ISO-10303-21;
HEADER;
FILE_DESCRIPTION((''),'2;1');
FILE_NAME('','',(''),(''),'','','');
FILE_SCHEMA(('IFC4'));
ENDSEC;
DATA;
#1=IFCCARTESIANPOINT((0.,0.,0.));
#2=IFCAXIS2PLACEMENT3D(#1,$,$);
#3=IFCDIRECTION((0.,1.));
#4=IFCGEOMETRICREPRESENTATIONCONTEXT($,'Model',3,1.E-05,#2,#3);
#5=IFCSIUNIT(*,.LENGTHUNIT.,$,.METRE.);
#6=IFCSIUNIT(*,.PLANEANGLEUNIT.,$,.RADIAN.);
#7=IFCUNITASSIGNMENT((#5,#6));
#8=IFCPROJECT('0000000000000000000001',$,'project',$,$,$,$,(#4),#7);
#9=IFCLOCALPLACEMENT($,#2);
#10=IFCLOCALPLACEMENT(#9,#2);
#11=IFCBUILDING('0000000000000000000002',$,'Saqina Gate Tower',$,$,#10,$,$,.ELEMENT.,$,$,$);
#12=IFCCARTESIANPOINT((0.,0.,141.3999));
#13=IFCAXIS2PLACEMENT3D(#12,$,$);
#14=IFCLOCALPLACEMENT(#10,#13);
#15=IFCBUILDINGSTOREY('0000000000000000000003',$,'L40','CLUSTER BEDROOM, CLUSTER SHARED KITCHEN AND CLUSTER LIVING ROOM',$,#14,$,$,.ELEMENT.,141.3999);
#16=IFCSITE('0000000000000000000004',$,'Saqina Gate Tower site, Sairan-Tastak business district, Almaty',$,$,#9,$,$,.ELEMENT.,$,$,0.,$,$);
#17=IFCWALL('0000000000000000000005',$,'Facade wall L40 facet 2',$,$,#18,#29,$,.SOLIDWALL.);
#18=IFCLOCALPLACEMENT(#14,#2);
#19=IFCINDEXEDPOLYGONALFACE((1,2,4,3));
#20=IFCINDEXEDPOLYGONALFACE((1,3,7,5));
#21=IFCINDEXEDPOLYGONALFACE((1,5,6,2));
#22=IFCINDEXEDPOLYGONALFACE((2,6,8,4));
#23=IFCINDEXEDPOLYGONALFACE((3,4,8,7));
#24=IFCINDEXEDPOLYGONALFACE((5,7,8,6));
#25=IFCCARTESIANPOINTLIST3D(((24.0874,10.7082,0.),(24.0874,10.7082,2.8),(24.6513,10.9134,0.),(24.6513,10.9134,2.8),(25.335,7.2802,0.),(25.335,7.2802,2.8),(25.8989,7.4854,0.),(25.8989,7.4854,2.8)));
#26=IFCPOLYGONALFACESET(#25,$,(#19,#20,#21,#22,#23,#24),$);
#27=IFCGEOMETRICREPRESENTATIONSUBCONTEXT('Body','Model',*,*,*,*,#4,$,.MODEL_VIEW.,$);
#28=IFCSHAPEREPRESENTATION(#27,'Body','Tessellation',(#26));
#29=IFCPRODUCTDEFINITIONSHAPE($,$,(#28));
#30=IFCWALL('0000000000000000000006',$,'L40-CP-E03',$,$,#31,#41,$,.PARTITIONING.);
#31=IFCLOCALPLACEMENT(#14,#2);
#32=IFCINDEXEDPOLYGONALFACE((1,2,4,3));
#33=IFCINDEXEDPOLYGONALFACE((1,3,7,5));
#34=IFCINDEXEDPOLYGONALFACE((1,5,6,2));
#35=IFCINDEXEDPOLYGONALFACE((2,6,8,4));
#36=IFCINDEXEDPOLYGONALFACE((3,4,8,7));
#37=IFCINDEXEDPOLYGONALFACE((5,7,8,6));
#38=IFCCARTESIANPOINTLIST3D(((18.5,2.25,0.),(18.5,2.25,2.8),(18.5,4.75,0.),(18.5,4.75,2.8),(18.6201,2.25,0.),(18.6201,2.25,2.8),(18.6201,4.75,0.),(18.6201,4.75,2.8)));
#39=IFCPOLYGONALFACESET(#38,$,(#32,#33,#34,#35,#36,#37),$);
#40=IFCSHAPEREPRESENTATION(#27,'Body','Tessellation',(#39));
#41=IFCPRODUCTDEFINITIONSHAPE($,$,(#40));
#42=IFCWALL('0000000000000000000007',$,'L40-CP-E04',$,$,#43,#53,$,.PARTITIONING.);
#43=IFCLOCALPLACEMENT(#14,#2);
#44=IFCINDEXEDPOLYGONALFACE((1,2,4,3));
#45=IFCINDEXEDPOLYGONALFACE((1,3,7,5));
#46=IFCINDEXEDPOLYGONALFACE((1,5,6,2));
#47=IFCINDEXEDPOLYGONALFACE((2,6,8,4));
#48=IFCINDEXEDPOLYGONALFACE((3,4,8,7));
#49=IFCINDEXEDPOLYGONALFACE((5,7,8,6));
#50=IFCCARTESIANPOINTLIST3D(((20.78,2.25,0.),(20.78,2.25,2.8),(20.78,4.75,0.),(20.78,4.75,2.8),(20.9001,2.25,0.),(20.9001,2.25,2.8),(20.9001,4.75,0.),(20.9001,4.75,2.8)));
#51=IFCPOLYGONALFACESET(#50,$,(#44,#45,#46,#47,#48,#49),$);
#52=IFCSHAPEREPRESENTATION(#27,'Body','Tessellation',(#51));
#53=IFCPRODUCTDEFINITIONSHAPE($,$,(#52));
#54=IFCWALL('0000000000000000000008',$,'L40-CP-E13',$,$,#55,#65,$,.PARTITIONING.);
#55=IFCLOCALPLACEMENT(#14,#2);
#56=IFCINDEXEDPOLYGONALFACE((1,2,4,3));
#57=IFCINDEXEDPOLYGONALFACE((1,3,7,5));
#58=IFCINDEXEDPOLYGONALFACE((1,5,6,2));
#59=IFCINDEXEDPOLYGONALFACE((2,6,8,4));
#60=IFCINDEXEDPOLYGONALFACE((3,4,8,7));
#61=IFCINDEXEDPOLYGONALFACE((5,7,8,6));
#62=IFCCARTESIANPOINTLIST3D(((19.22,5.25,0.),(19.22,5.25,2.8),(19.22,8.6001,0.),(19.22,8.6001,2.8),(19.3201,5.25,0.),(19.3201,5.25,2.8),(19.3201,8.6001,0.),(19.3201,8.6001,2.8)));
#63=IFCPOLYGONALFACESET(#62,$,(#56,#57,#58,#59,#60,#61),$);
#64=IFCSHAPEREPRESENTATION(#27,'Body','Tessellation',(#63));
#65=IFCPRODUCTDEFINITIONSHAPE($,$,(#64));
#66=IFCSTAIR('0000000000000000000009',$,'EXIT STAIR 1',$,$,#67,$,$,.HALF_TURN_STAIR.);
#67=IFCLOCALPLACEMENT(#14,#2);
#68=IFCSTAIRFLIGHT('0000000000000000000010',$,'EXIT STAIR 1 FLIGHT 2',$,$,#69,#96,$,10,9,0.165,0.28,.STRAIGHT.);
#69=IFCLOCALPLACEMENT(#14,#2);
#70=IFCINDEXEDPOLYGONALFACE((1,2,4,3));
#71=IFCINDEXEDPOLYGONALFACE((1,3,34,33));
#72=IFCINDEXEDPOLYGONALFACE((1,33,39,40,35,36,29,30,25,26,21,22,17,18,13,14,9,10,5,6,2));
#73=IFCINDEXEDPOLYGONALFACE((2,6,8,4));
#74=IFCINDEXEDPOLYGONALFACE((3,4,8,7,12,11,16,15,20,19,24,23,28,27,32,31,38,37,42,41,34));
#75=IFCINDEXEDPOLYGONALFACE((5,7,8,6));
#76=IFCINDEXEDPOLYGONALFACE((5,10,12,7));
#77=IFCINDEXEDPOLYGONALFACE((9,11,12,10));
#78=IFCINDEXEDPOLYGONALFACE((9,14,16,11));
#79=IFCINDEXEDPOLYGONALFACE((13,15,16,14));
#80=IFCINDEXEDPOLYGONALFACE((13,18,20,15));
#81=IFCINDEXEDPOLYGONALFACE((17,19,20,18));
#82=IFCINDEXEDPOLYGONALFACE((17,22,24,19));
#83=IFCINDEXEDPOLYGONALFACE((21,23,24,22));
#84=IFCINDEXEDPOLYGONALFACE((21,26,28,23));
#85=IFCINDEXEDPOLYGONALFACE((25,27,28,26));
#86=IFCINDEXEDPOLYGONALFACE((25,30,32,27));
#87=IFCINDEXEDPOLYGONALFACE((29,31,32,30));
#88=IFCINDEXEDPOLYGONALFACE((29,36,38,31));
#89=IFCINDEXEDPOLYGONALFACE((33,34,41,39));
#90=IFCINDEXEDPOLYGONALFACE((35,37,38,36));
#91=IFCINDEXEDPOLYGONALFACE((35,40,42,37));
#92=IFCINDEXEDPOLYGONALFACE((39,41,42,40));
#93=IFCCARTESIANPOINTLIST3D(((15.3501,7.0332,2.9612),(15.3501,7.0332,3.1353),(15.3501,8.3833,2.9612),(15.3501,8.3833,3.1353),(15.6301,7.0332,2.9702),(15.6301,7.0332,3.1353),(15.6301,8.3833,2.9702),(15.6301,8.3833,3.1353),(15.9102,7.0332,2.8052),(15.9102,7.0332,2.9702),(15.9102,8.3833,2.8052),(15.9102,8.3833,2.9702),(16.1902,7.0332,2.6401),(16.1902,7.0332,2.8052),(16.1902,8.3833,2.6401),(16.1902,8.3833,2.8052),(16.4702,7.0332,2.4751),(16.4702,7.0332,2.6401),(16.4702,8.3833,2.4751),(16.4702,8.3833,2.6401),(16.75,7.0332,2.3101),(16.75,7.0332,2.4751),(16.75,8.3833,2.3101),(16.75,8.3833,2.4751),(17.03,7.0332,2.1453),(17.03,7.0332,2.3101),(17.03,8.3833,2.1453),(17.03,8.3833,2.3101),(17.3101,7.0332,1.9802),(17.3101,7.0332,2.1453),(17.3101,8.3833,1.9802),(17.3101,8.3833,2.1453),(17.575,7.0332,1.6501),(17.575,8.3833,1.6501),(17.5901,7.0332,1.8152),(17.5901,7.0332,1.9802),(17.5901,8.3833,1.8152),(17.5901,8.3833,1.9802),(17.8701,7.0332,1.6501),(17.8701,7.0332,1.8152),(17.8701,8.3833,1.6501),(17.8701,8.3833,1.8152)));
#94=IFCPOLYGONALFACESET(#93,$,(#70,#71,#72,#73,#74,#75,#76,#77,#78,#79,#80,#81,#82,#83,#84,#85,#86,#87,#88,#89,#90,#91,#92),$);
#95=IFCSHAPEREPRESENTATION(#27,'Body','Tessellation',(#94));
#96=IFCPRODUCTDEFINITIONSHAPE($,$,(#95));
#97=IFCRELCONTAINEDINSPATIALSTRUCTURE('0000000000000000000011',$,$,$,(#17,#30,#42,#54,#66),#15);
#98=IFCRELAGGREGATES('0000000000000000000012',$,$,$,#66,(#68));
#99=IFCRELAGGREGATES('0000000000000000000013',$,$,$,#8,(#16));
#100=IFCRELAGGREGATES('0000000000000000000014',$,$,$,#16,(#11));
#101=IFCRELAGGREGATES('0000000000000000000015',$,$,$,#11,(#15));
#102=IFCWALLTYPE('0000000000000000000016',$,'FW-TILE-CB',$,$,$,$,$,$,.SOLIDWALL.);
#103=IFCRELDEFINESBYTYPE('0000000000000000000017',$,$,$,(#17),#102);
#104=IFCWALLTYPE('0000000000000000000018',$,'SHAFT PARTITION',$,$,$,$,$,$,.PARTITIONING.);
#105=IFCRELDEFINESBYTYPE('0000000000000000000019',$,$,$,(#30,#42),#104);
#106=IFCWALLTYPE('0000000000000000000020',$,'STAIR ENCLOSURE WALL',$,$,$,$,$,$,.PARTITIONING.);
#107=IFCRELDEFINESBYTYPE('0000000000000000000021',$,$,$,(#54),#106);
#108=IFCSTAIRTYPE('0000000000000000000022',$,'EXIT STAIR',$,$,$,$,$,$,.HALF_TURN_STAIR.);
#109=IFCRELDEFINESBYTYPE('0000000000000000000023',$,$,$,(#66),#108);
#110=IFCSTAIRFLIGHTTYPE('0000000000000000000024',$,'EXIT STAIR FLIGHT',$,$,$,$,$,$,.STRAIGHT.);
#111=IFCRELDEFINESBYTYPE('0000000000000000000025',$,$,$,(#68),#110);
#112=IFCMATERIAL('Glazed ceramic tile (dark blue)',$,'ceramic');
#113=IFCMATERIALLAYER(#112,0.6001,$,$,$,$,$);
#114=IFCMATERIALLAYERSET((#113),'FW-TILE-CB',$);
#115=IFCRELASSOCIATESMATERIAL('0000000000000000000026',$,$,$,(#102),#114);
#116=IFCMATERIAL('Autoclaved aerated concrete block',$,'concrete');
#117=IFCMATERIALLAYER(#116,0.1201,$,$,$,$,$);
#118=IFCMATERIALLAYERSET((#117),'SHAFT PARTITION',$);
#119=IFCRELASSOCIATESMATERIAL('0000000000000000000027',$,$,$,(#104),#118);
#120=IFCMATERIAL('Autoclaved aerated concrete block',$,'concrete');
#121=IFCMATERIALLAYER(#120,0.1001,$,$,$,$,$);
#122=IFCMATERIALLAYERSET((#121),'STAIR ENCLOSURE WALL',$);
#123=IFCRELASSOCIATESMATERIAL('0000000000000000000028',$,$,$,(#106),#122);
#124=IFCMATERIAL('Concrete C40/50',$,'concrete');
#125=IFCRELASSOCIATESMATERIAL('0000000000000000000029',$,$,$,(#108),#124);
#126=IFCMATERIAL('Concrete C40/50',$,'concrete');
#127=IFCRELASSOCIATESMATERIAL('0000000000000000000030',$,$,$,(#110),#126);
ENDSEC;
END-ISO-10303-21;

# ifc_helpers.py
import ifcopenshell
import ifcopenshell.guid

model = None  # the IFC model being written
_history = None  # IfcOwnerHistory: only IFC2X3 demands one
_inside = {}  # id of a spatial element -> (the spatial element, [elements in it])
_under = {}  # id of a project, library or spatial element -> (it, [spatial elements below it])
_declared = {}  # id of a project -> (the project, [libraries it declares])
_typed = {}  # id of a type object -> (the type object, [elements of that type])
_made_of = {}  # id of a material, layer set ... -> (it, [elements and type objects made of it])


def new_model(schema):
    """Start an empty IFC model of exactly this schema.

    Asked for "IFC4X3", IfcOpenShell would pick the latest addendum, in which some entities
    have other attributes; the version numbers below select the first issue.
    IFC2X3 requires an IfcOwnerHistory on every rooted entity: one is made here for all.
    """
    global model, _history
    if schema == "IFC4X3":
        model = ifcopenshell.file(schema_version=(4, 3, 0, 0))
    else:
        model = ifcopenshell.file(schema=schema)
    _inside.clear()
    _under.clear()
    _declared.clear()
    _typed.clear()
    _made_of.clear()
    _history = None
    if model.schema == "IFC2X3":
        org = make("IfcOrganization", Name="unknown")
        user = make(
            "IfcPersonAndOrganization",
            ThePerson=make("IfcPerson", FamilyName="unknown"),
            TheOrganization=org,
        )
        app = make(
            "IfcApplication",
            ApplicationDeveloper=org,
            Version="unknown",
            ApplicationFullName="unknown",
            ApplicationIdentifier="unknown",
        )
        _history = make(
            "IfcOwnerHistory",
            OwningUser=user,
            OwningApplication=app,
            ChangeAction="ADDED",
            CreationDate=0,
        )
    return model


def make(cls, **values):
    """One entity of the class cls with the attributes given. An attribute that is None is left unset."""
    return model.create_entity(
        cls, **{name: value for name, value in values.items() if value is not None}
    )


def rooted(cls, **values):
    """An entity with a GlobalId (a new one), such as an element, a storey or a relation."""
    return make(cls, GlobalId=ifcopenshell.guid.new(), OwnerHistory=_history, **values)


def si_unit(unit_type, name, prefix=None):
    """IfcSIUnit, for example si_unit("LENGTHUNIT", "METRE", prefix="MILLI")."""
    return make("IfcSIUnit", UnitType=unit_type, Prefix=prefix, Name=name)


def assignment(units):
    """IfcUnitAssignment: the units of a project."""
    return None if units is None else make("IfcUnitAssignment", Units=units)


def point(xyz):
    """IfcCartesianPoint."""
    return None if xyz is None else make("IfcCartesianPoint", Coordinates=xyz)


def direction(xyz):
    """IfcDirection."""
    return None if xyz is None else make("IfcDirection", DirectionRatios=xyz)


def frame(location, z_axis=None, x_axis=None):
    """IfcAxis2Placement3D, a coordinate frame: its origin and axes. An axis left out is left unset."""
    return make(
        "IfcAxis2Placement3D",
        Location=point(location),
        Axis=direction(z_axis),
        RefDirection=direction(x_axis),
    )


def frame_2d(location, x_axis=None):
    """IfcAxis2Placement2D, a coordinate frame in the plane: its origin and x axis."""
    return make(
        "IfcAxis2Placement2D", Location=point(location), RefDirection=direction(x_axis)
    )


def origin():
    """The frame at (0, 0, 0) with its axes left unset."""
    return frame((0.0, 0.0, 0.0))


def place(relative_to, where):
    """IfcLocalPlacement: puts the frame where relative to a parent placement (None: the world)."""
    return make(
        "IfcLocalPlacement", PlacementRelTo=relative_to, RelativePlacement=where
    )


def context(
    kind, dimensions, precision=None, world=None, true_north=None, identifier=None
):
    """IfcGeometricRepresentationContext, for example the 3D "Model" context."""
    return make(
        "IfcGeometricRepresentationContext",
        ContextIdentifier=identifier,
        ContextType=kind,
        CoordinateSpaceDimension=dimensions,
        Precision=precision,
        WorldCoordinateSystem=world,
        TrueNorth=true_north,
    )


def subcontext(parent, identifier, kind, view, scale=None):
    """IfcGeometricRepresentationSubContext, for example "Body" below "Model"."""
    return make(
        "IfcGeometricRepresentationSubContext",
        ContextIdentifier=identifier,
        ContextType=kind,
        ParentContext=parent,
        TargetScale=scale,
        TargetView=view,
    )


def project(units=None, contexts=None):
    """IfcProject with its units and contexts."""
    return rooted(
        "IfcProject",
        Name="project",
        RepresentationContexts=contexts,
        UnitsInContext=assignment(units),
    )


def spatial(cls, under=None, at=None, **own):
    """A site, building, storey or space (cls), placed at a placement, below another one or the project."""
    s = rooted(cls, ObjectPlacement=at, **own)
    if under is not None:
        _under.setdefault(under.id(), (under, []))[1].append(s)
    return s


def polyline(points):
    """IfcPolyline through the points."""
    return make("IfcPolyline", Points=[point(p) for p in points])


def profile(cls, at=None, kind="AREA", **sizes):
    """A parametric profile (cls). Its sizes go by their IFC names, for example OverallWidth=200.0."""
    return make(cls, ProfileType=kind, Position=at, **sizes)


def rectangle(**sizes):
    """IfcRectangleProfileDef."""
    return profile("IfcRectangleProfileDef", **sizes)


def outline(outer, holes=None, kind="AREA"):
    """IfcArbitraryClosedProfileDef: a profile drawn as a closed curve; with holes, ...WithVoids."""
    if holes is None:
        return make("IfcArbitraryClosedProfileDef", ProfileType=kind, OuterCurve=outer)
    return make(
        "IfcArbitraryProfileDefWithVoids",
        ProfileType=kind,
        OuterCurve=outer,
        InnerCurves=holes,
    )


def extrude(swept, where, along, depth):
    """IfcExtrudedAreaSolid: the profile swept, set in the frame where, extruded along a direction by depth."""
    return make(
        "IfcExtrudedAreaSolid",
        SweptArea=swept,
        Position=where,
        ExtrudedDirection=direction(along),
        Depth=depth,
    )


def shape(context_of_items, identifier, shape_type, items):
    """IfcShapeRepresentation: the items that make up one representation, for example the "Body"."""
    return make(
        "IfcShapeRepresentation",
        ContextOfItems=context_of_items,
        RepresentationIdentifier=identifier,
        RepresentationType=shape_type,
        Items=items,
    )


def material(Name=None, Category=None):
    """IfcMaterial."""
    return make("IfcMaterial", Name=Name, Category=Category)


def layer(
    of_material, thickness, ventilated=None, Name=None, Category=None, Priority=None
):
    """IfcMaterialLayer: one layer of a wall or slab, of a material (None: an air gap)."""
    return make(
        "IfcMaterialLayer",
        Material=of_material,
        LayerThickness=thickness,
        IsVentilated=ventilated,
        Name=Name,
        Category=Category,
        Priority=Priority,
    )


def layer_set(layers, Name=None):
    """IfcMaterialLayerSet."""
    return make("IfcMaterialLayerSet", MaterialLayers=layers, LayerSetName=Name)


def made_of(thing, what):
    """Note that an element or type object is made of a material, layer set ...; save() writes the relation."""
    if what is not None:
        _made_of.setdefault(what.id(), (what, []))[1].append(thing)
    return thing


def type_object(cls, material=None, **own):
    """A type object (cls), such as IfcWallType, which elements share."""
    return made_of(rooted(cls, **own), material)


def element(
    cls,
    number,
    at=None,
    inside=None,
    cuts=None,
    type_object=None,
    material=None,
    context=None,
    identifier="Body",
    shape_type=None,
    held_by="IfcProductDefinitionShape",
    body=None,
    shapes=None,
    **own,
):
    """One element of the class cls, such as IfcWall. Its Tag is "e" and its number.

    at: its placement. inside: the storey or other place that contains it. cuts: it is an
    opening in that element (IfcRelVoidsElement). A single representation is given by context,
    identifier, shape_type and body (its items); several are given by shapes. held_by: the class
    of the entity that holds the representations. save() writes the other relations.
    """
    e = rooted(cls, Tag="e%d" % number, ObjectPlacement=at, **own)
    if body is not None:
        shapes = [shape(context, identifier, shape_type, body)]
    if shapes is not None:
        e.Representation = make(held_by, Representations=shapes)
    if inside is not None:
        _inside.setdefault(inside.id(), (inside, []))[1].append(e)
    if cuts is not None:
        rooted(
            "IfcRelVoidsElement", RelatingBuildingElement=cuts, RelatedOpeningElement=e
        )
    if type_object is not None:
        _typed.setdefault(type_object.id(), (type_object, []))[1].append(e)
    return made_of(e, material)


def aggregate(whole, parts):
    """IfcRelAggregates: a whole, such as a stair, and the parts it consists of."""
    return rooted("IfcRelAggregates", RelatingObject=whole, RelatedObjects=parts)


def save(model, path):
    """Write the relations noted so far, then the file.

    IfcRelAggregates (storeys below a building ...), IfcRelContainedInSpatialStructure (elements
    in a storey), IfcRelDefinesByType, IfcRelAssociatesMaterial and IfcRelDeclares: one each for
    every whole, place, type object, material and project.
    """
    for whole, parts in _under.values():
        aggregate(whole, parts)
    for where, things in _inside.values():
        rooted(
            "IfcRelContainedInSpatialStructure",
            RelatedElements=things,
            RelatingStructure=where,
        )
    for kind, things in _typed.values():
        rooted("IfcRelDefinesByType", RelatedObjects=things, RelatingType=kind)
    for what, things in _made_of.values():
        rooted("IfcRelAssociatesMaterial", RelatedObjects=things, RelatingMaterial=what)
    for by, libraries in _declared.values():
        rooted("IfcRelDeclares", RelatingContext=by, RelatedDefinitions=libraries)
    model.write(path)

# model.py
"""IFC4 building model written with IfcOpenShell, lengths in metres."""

from ifc_helpers import new_model, si_unit, direction, frame, frame_2d, origin, place, context, subcontext, project, spatial, polyline, rectangle, outline, extrude, material, layer, layer_set, type_object, element, aggregate, save


model = new_model("IFC4")

# Units and contexts
model_context = context("Model", 3, precision=1e-05, world=origin(), true_north=direction((0.0, 1.0)))
body_context = subcontext(model_context, "Body", "Model", "MODEL_VIEW")
ifc_project = project(units=[si_unit("LENGTHUNIT", "METRE"), si_unit("PLANEANGLEUNIT", "RADIAN")], contexts=[model_context])

# Site, building, storey
site_placement = place(None, origin())
site = spatial("IfcSite", under=ifc_project, at=site_placement, Name="Saqina Gate Tower site, Sairan-Tastak business district, Almaty", CompositionType="ELEMENT", RefElevation=0.0)
building_placement = place(site_placement, origin())
building = spatial("IfcBuilding", under=site, at=building_placement, Name="Saqina Gate Tower", CompositionType="ELEMENT")
storey_placement = place(building_placement, frame((0.0, 0.0, 141.3999)))
storey = spatial("IfcBuildingStorey", under=building, at=storey_placement, Name="L40", Description="CLUSTER BEDROOM, CLUSTER SHARED KITCHEN AND CLUSTER LIVING ROOM", CompositionType="ELEMENT", Elevation=141.3999)

# Walls
ifc_material_1 = material(Name="Glazed ceramic tile (dark blue)", Category="ceramic")
ifc_layer_1 = layer(ifc_material_1, 0.6001)
ifc_layer_set_1 = layer_set([ifc_layer_1], Name="FW-TILE-CB")
wall_type_1 = type_object("IfcWallType", Name="FW-TILE-CB", PredefinedType="SOLIDWALL", material=ifc_layer_set_1)
wall_1_placement = place(storey_placement, frame((25.6169, 7.3828, 0.0), z_axis=(0.0, 0.0, 1.0), x_axis=(-0.34199, 0.939704, 0.0)))
element("IfcWall", 1, at=wall_1_placement, inside=storey, type_object=wall_type_1, Name="Facade wall L40 facet 2", PredefinedType="SOLIDWALL", context=body_context, shape_type="SweptSolid", body=[
    extrude(rectangle(XDim=3.6479, YDim=0.6001, at=frame_2d((1.824, 0.0))), origin(), (0.0, 0.0, 1.0), 2.8),
])
ifc_material_2 = material(Name="Autoclaved aerated concrete block", Category="concrete")
ifc_layer_2 = layer(ifc_material_2, 0.1201)
ifc_layer_set_2 = layer_set([ifc_layer_2], Name="SHAFT PARTITION")
wall_type_2 = type_object("IfcWallType", Name="SHAFT PARTITION", PredefinedType="PARTITIONING", material=ifc_layer_set_2)
for number, where, z_axis, x_axis, name in (
    (2, (18.5601, 2.25, 0.0), (0.0, 0.0, 1.0), (0.0, 1.0, 0.0), "L40-CP-E03"),
    (3, (20.8401, 2.25, 0.0), (0.0, 0.0, 1.0), (0.0, 1.0, 0.0), "L40-CP-E04"),
):
    element("IfcWall", number, at=place(storey_placement, frame(where, z_axis=z_axis, x_axis=x_axis)), inside=storey, type_object=wall_type_2, Name=name, PredefinedType="PARTITIONING", context=body_context, shape_type="SweptSolid", body=[
        extrude(rectangle(XDim=2.5, YDim=0.1201, at=frame_2d((1.25, 0.0))), origin(), (0.0, 0.0, 1.0), 2.8),
    ])
ifc_material_3 = material(Name="Autoclaved aerated concrete block", Category="concrete")
ifc_layer_3 = layer(ifc_material_3, 0.1001)
ifc_layer_set_3 = layer_set([ifc_layer_3], Name="STAIR ENCLOSURE WALL")
wall_type_3 = type_object("IfcWallType", Name="STAIR ENCLOSURE WALL", PredefinedType="PARTITIONING", material=ifc_layer_set_3)
wall_2_placement = place(storey_placement, frame((19.27, 5.25, 0.0), z_axis=(0.0, 0.0, 1.0), x_axis=(0.0, 1.0, 0.0)))
element("IfcWall", 4, at=wall_2_placement, inside=storey, type_object=wall_type_3, Name="L40-CP-E13", PredefinedType="PARTITIONING", context=body_context, shape_type="SweptSolid", body=[
    extrude(rectangle(XDim=3.3501, YDim=0.1001, at=frame_2d((1.675, 0.0))), origin(), (0.0, 0.0, 1.0), 2.8),
])

# Stair, stair flight
ifc_material_4 = material(Name="Concrete C40/50", Category="concrete")
stair_type = type_object("IfcStairType", Name="EXIT STAIR", PredefinedType="HALF_TURN_STAIR", material=ifc_material_4)
stair_placement = place(storey_placement, origin())
stair = element("IfcStair", 5, at=stair_placement, inside=storey, type_object=stair_type, Name="EXIT STAIR 1", PredefinedType="HALF_TURN_STAIR")
ifc_material_5 = material(Name="Concrete C40/50", Category="concrete")
stair_flight_type = type_object("IfcStairFlightType", Name="EXIT STAIR FLIGHT", PredefinedType="STRAIGHT", material=ifc_material_5)
stair_flight_placement = place(storey_placement, frame((17.8701, 7.7083, 1.6501), z_axis=(0.0, 0.0, 1.0), x_axis=(-1.0, 0.0, 0.0)))
stair_flight = element("IfcStairFlight", 6, at=stair_flight_placement, type_object=stair_flight_type, Name="EXIT STAIR 1 FLIGHT 2", NumberOfRisers=10, NumberOfTreads=9, PredefinedType="STRAIGHT", RiserHeight=0.165, TreadLength=0.28, context=body_context, shape_type="SweptSolid", body=[
    extrude(outline(polyline([(0.0, 0.0), (0.0, 0.165), (0.28, 0.165), (0.28, 0.3301), (0.5601, 0.3301), (0.5601, 0.4951), (0.8401, 0.4951), (0.8401, 0.6599), (1.1201, 0.6599), (1.1201, 0.825), (1.3999, 0.825), (1.3999, 0.99), (1.6799, 0.99), (1.6799, 1.155), (1.96, 1.155), (1.96, 1.3201), (2.24, 1.3201), (2.24, 1.4851), (2.52, 1.4851), (2.52, 1.6499), (2.52, 1.311), (0.2952, 0.0), (0.0, 0.0)])), frame((0.0, 0.675, 0.0), z_axis=(0.0, -1.0, 0.0), x_axis=(1.0, 0.0, 0.0)), (0.0, 0.0, 1.0), 1.3501),
])
aggregate(stair, [stair_flight])

save(model, "model.ifc")
